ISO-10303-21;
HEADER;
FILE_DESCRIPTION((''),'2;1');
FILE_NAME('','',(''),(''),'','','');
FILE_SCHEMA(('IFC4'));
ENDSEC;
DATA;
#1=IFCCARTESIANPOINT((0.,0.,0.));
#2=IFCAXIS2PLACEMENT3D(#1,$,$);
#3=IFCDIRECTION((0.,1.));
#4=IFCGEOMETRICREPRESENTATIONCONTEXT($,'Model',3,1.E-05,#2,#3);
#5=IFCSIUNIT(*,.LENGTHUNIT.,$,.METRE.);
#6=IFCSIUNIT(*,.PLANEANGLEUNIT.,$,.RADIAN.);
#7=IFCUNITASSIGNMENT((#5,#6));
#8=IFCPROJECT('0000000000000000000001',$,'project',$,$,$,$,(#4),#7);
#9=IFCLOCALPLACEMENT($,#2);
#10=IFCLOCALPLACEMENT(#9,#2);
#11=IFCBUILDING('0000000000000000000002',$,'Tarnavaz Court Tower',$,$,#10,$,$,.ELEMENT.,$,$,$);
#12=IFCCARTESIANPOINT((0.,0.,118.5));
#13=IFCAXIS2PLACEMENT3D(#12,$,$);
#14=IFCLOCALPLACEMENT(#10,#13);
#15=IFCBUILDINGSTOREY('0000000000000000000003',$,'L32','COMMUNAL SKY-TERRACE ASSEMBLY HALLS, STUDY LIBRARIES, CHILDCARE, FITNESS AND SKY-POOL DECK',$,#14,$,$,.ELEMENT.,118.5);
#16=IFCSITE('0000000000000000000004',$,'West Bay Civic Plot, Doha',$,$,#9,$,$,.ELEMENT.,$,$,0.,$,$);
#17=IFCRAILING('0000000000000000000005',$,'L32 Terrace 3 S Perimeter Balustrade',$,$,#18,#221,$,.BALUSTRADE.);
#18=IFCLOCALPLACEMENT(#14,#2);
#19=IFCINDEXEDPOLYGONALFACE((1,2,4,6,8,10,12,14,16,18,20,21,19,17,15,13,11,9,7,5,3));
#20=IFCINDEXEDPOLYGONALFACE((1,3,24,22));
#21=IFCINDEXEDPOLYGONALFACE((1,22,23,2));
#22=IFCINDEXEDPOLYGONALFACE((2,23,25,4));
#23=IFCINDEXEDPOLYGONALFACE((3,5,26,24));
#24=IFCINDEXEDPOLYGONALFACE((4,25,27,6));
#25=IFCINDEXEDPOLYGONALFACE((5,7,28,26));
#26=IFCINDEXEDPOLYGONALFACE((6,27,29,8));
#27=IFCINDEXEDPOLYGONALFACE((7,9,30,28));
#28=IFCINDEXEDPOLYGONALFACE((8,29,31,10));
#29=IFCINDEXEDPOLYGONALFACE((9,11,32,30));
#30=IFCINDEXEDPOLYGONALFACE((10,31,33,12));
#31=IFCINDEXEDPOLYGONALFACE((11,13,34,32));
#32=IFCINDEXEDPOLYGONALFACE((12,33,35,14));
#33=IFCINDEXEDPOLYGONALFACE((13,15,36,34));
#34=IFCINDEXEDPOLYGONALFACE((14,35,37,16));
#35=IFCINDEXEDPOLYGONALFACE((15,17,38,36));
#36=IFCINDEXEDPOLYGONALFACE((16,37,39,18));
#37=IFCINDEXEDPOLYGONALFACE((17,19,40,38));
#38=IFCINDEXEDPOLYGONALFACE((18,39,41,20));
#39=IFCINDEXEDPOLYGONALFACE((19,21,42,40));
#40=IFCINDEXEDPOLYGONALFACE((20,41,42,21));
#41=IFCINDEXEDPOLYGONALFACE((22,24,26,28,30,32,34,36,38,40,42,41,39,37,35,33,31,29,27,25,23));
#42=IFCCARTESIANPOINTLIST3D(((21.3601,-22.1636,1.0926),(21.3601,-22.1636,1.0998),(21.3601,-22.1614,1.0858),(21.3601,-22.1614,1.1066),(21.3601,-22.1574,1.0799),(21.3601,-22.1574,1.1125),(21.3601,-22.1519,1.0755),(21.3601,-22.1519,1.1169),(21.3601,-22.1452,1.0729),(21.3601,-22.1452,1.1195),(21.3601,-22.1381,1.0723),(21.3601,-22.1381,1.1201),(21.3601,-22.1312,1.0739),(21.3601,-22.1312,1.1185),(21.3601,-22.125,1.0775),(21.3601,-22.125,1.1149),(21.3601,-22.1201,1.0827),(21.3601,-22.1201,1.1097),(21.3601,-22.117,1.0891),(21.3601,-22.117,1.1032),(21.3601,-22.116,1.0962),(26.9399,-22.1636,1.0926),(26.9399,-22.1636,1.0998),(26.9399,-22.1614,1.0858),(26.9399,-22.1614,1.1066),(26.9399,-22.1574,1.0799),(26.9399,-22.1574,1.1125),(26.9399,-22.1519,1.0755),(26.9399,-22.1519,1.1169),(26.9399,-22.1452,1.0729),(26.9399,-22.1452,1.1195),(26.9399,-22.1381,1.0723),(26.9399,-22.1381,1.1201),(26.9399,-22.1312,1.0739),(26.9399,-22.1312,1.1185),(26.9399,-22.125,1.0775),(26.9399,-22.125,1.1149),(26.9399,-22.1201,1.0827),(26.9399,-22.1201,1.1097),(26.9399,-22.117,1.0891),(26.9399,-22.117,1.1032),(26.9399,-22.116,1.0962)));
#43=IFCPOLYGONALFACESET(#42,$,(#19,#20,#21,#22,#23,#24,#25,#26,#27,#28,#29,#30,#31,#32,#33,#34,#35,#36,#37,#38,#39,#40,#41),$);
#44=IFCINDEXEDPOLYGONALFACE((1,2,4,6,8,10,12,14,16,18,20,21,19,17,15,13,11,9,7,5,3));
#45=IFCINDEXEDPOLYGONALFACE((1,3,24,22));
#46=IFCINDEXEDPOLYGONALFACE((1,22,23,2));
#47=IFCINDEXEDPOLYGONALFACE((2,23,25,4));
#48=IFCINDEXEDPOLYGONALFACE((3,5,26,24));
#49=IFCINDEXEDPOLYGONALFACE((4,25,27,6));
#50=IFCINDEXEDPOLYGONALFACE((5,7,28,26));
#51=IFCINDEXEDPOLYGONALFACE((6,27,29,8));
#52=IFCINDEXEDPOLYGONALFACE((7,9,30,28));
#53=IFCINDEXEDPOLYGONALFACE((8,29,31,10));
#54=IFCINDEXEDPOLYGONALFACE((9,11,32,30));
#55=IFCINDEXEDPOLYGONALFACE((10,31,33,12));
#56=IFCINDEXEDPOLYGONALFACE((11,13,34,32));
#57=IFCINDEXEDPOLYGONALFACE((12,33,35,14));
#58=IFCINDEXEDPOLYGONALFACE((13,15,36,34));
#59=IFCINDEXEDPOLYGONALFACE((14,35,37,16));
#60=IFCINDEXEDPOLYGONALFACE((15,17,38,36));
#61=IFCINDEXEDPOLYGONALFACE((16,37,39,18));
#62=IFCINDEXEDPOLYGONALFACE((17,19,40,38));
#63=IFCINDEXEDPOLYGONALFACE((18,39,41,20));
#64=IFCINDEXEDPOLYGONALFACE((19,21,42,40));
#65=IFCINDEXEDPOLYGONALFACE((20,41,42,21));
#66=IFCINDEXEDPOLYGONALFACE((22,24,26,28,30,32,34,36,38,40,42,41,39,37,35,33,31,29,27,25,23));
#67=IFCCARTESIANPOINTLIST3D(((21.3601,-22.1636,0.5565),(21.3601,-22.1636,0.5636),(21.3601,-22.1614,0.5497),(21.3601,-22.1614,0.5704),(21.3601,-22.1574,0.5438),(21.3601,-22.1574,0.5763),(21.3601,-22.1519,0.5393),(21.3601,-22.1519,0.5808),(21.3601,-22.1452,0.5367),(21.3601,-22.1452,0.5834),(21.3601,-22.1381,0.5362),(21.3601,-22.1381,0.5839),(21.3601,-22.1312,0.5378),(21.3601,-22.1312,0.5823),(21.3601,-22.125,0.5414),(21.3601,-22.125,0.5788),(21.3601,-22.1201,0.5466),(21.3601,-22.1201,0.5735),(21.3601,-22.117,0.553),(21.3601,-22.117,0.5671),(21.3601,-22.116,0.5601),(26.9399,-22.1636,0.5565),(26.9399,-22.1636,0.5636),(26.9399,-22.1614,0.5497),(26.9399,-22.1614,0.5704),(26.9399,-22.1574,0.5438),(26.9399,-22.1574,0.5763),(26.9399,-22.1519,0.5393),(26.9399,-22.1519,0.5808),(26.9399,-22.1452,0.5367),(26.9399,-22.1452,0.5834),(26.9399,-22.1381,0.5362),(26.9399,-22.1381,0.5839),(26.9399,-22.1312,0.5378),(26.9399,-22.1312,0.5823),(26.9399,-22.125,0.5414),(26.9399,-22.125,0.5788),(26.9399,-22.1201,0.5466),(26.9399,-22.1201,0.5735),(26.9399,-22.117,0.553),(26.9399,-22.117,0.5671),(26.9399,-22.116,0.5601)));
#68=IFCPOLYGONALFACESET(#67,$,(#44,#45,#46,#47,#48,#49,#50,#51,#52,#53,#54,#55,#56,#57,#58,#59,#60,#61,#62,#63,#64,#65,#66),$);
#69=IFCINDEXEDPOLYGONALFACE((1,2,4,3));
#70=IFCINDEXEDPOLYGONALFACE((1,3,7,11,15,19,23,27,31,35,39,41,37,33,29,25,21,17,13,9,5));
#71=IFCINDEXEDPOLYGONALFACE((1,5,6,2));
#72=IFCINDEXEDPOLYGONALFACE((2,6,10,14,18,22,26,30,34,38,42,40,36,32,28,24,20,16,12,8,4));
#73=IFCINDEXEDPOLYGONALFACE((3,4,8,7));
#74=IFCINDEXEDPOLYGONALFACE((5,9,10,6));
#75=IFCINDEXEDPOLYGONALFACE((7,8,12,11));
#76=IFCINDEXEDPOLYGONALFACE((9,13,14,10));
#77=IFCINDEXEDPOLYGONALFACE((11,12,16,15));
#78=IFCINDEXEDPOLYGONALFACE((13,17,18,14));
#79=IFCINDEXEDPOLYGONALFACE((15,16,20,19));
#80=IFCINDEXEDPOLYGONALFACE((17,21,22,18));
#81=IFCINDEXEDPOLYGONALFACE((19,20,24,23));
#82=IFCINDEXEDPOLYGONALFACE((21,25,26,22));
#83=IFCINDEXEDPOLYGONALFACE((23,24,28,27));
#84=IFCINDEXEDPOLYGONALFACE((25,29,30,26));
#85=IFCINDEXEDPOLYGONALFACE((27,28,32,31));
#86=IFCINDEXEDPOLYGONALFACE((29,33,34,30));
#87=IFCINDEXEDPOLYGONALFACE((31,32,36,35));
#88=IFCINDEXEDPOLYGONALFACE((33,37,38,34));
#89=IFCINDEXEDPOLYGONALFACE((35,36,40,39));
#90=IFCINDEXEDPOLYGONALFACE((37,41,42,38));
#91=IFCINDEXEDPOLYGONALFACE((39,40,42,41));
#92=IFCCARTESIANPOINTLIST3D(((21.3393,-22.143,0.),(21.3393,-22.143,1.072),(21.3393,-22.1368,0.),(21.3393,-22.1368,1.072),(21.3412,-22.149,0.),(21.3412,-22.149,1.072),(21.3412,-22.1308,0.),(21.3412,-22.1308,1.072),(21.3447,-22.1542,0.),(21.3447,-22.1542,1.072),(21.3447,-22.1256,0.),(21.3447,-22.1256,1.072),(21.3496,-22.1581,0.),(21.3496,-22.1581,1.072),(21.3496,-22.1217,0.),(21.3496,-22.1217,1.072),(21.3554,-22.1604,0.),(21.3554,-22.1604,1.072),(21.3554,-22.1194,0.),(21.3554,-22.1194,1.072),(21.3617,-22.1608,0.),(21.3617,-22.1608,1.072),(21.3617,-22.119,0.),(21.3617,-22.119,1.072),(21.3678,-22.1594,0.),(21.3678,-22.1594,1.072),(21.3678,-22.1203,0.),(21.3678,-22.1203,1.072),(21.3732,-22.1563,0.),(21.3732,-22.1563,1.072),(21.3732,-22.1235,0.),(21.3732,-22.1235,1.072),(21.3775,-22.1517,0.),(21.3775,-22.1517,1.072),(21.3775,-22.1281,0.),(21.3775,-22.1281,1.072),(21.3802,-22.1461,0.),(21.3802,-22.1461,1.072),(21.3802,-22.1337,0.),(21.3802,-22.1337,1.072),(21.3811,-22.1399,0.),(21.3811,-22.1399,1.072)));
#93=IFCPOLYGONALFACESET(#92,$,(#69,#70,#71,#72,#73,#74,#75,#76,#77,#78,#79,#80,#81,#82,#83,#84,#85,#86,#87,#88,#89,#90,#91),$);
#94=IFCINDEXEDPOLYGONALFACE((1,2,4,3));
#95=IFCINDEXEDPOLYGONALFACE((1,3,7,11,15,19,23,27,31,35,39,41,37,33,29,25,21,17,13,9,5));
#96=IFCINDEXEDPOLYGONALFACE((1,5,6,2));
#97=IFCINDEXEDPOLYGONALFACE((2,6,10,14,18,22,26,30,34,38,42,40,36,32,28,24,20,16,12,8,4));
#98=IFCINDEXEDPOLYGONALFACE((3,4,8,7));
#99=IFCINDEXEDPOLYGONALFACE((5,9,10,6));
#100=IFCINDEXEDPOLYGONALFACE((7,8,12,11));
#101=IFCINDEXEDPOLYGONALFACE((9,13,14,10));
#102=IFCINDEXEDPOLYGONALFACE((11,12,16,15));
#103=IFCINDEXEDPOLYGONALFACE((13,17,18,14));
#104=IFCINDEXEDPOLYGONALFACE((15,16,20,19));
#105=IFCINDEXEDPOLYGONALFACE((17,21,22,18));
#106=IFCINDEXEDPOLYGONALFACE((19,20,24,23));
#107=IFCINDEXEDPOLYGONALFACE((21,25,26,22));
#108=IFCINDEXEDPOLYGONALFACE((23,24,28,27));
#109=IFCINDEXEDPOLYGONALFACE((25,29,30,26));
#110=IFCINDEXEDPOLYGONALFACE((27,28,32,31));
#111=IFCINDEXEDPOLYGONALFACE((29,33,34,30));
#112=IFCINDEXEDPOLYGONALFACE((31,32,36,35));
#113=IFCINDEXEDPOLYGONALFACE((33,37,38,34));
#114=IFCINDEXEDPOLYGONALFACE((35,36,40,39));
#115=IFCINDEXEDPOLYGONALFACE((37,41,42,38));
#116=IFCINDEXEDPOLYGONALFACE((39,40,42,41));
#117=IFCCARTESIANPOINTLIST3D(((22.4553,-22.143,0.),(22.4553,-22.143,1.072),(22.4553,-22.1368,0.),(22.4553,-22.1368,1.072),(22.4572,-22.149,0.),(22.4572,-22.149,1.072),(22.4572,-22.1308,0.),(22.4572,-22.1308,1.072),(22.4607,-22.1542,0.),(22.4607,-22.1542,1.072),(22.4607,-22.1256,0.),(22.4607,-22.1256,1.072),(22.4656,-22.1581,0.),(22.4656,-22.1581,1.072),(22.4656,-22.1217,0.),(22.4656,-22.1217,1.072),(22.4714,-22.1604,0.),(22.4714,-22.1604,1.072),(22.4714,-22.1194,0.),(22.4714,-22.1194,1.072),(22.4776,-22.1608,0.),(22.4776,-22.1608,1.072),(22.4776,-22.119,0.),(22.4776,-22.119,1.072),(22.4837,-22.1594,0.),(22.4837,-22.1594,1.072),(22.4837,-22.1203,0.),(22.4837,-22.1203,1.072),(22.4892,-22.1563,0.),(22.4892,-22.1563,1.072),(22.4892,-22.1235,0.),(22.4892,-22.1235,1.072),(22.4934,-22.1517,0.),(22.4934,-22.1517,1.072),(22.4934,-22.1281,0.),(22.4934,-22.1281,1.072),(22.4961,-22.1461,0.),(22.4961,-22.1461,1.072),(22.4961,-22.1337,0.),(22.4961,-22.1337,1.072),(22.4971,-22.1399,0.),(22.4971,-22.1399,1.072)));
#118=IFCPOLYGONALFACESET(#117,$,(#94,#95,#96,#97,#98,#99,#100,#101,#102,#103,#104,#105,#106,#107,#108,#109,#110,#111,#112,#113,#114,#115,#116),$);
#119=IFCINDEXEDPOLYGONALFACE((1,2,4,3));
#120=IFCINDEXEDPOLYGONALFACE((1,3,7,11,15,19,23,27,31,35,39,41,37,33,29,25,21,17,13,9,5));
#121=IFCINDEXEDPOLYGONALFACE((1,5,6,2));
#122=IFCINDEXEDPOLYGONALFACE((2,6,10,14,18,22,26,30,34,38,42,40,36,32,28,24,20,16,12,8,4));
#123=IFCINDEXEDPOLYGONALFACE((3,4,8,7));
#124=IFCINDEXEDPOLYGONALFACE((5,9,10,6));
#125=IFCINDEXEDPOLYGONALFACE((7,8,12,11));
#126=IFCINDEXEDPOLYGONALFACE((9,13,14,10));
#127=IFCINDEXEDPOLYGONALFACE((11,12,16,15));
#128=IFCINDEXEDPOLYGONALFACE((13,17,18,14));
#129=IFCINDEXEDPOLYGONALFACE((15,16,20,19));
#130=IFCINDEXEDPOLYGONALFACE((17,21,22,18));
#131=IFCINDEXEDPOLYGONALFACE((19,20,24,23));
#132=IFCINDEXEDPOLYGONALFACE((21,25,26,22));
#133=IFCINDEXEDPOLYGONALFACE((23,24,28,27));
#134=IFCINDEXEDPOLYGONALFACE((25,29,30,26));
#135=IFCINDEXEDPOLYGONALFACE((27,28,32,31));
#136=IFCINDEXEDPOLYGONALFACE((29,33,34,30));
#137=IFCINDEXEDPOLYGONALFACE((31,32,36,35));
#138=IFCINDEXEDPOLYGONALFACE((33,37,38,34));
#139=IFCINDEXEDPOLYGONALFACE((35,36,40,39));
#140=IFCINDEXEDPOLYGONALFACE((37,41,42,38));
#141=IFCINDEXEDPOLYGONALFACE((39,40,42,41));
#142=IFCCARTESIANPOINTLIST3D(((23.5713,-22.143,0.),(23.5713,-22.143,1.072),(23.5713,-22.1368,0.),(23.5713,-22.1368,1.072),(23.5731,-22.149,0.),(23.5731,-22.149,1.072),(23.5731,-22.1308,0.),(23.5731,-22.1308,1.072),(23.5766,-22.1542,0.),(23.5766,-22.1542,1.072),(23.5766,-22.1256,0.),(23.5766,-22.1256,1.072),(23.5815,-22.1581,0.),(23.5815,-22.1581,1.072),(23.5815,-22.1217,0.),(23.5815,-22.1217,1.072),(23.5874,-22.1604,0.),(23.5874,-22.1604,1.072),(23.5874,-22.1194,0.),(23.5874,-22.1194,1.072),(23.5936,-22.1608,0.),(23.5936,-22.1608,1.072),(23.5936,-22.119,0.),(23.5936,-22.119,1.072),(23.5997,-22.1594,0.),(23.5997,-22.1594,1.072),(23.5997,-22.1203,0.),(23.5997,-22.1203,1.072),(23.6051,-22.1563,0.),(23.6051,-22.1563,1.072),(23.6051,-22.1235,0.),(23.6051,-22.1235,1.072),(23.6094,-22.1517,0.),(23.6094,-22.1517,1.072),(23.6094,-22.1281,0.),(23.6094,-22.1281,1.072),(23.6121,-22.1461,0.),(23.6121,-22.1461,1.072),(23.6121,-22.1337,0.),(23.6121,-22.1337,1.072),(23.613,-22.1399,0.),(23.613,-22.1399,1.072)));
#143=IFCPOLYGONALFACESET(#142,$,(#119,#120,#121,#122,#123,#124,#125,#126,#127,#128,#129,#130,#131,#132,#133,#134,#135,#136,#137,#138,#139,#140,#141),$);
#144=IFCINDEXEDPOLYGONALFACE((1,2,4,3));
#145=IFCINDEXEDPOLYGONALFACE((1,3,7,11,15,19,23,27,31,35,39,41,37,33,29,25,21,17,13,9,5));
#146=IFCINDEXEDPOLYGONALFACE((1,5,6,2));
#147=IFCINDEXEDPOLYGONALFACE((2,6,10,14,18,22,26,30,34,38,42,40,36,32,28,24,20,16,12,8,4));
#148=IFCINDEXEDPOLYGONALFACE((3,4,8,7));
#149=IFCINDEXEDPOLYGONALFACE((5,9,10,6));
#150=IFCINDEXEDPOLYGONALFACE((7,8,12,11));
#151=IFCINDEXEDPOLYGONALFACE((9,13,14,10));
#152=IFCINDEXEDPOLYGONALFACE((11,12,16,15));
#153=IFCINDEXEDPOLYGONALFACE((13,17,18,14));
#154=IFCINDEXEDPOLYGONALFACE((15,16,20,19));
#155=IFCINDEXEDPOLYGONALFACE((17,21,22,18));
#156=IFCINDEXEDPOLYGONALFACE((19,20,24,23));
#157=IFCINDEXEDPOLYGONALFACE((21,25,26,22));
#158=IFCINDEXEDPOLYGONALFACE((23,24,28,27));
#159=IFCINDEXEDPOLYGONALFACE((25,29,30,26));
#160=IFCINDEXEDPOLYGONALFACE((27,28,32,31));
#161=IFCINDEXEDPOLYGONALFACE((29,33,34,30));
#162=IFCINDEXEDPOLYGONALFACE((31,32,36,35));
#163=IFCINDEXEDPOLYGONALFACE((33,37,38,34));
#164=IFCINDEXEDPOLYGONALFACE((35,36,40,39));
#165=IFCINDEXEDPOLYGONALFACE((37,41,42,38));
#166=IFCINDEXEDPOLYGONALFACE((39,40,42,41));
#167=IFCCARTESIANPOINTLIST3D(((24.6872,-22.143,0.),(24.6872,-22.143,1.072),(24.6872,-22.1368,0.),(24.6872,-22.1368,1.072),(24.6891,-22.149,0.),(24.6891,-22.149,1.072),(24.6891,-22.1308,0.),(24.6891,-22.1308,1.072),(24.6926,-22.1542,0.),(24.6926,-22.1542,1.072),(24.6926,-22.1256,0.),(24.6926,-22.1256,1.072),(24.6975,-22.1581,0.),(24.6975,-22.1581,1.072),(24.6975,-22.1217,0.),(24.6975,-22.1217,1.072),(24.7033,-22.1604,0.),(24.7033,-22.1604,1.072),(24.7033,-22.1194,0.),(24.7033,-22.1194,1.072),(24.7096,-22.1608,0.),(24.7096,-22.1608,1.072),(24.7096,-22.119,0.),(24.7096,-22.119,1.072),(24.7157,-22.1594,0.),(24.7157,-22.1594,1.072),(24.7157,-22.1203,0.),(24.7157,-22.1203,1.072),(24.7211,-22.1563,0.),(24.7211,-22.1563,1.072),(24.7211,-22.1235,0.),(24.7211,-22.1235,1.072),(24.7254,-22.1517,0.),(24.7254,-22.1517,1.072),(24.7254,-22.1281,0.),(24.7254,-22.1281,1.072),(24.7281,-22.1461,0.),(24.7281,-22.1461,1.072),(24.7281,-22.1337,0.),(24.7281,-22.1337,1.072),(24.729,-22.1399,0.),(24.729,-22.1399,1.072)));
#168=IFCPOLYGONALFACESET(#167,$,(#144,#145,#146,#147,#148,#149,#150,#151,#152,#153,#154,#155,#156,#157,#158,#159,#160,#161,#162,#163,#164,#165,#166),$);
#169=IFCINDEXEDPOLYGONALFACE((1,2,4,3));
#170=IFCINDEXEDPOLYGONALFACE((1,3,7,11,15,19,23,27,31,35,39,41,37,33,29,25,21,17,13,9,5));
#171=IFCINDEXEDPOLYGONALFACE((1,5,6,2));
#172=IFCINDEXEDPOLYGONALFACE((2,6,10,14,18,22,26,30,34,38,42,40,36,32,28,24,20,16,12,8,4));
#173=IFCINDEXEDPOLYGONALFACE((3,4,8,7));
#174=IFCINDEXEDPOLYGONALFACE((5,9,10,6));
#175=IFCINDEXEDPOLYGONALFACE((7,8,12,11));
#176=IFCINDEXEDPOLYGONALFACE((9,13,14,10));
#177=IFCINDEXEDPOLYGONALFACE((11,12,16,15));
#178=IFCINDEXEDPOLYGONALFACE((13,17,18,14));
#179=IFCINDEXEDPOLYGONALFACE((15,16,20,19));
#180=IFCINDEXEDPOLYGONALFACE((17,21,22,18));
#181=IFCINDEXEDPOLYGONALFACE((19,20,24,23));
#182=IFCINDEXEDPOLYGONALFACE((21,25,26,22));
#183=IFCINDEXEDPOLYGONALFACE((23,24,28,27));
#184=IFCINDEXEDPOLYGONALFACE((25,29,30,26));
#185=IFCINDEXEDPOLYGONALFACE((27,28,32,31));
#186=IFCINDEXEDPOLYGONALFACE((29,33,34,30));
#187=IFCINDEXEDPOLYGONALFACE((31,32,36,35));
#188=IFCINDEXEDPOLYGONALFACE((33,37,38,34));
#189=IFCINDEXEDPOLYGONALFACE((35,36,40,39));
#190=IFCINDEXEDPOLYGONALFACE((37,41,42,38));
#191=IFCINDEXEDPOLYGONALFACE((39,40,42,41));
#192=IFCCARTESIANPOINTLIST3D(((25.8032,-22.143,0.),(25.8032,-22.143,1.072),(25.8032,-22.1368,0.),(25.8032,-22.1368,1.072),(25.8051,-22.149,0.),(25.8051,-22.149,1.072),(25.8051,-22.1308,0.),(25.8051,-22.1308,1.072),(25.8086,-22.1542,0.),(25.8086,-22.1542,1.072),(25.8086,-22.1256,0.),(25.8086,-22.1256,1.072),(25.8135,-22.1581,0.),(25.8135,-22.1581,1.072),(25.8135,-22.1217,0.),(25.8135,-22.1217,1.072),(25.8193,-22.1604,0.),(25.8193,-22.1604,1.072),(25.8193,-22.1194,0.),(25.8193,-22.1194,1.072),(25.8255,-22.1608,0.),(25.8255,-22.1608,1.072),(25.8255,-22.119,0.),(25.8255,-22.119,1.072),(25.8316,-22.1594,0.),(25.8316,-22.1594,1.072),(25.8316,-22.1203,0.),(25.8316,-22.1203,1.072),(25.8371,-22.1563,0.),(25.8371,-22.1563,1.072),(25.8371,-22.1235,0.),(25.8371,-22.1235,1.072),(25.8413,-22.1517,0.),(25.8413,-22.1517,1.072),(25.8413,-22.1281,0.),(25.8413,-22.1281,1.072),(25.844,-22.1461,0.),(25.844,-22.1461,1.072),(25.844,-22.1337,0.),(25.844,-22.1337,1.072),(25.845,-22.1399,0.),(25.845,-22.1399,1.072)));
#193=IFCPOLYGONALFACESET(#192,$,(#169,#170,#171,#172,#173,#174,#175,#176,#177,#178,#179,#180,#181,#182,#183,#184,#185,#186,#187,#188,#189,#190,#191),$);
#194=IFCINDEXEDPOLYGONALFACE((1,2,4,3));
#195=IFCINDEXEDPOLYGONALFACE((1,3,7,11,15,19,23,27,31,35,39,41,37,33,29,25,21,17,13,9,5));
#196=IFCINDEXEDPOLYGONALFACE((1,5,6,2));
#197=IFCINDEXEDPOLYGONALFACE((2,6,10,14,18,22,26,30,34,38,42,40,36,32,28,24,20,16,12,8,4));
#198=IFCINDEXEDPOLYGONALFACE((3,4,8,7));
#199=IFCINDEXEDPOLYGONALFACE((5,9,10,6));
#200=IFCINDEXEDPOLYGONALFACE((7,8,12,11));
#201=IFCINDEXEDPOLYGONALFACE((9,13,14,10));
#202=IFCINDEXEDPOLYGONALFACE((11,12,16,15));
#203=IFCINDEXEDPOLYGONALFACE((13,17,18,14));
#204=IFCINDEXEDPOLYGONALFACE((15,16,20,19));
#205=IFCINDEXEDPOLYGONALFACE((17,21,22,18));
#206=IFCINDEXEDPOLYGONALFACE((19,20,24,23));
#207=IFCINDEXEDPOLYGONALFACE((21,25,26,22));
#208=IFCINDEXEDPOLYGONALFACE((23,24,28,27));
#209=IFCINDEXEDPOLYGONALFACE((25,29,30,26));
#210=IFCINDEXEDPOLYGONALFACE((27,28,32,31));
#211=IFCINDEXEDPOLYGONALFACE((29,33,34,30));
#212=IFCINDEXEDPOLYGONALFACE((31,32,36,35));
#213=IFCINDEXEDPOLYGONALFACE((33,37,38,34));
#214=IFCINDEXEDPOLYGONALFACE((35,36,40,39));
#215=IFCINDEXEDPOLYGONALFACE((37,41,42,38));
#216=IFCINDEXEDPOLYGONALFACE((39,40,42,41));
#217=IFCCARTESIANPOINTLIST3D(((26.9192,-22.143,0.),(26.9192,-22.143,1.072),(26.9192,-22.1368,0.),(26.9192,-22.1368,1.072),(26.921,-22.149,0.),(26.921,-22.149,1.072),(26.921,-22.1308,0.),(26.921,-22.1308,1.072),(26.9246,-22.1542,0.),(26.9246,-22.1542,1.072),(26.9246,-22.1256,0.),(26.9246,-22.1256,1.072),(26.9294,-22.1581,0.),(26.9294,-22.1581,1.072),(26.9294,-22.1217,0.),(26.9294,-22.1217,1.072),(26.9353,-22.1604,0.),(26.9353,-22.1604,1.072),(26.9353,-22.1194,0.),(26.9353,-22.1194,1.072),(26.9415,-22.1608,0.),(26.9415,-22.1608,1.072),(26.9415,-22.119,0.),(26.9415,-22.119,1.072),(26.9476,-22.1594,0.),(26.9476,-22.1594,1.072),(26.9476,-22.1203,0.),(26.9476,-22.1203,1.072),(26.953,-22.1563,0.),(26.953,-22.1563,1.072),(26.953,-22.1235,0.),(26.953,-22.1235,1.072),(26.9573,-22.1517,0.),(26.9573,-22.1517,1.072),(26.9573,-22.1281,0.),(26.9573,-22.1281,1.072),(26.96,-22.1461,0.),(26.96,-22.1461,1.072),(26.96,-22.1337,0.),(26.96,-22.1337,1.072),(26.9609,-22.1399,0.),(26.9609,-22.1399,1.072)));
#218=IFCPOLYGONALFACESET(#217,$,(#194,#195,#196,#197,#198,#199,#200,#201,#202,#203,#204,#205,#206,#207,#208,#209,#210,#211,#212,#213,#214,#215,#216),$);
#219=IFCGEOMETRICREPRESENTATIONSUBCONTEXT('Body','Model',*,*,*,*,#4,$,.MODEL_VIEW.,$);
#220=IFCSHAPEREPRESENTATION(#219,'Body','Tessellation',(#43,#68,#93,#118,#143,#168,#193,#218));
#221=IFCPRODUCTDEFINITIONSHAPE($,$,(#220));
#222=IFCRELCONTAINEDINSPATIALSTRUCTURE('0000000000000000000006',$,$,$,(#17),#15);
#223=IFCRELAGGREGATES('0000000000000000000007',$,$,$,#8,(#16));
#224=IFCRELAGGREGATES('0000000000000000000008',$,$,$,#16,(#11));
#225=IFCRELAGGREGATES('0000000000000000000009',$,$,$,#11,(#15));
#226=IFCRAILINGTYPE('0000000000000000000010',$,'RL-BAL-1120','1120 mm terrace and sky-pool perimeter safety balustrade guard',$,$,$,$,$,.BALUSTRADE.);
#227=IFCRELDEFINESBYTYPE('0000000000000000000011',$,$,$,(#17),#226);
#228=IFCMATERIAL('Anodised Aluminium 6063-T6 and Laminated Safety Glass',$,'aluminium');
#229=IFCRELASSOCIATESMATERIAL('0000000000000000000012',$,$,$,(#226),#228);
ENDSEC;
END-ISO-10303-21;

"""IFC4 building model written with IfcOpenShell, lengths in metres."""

from ifc_helpers import new_model, si_unit, direction, frame, origin, origin_2d, place, context, subcontext, project, spatial, circle, extrude, material, type_object, element, save


model = new_model("IFC4")

# Units and contexts
model_context = context("Model", 3, precision=1e-05, world=origin(), true_north=direction((0.0, 1.0)))
body_context = subcontext(model_context, "Body", "Model", "MODEL_VIEW")
ifc_project = project(units=[si_unit("LENGTHUNIT", "METRE"), si_unit("PLANEANGLEUNIT", "RADIAN")], contexts=[model_context])

# Site, building, storey
site_placement = place(None, origin())
site = spatial("IfcSite", under=ifc_project, at=site_placement, Name="West Bay Civic Plot, Doha", CompositionType="ELEMENT", RefElevation=0.0)
building_placement = place(site_placement, origin())
building = spatial("IfcBuilding", under=site, at=building_placement, Name="Tarnavaz Court Tower", CompositionType="ELEMENT")
storey_placement = place(building_placement, frame((0.0, 0.0, 118.5)))
storey = spatial("IfcBuildingStorey", under=building, at=storey_placement, Name="L32", Description="COMMUNAL SKY-TERRACE ASSEMBLY HALLS, STUDY LIBRARIES, CHILDCARE, FITNESS AND SKY-POOL DECK", CompositionType="ELEMENT", Elevation=118.5)

# Railing
ifc_material_1 = material(Name="Anodised Aluminium 6063-T6 and Laminated Safety Glass", Category="aluminium")
railing_type = type_object("IfcRailingType", Name="RL-BAL-1120", Description="1120 mm terrace and sky-pool perimeter safety balustrade guard", PredefinedType="BALUSTRADE", material=ifc_material_1)
railing_1_placement = place(storey_placement, frame((21.3601, -22.1399, 0.0)))
element("IfcRailing", 1, at=railing_1_placement, inside=storey, type_object=railing_type, Name="L32 Terrace 3 S Perimeter Balustrade", PredefinedType="BALUSTRADE", context=body_context, shape_type="SweptSolid", body=[
    extrude(circle(Radius=0.0239, at=origin_2d()), frame((0.0, 0.0, 1.0962), z_axis=(1.0, 0.0, 0.0), x_axis=(0.0, 1.0, 0.0)), (0.0, 0.0, 1.0), 5.5798),
    extrude(circle(Radius=0.0239, at=origin_2d()), frame((0.0, 0.0, 0.5601), z_axis=(1.0, 0.0, 0.0), x_axis=(0.0, 1.0, 0.0)), (0.0, 0.0, 1.0), 5.5798),
    extrude(circle(Radius=0.021, at=origin_2d()), origin(), (0.0, 0.0, 1.0), 1.072),
    extrude(circle(Radius=0.021, at=origin_2d()), frame((1.116, 0.0, 0.0)), (0.0, 0.0, 1.0), 1.072),
    extrude(circle(Radius=0.021, at=origin_2d()), frame((2.2319, 0.0, 0.0)), (0.0, 0.0, 1.0), 1.072),
    extrude(circle(Radius=0.021, at=origin_2d()), frame((3.3479, 0.0, 0.0)), (0.0, 0.0, 1.0), 1.072),
    extrude(circle(Radius=0.021, at=origin_2d()), frame((4.4639, 0.0, 0.0)), (0.0, 0.0, 1.0), 1.072),
    extrude(circle(Radius=0.021, at=origin_2d()), frame((5.5798, 0.0, 0.0)), (0.0, 0.0, 1.0), 1.072),
])

save(model, "model.ifc")
